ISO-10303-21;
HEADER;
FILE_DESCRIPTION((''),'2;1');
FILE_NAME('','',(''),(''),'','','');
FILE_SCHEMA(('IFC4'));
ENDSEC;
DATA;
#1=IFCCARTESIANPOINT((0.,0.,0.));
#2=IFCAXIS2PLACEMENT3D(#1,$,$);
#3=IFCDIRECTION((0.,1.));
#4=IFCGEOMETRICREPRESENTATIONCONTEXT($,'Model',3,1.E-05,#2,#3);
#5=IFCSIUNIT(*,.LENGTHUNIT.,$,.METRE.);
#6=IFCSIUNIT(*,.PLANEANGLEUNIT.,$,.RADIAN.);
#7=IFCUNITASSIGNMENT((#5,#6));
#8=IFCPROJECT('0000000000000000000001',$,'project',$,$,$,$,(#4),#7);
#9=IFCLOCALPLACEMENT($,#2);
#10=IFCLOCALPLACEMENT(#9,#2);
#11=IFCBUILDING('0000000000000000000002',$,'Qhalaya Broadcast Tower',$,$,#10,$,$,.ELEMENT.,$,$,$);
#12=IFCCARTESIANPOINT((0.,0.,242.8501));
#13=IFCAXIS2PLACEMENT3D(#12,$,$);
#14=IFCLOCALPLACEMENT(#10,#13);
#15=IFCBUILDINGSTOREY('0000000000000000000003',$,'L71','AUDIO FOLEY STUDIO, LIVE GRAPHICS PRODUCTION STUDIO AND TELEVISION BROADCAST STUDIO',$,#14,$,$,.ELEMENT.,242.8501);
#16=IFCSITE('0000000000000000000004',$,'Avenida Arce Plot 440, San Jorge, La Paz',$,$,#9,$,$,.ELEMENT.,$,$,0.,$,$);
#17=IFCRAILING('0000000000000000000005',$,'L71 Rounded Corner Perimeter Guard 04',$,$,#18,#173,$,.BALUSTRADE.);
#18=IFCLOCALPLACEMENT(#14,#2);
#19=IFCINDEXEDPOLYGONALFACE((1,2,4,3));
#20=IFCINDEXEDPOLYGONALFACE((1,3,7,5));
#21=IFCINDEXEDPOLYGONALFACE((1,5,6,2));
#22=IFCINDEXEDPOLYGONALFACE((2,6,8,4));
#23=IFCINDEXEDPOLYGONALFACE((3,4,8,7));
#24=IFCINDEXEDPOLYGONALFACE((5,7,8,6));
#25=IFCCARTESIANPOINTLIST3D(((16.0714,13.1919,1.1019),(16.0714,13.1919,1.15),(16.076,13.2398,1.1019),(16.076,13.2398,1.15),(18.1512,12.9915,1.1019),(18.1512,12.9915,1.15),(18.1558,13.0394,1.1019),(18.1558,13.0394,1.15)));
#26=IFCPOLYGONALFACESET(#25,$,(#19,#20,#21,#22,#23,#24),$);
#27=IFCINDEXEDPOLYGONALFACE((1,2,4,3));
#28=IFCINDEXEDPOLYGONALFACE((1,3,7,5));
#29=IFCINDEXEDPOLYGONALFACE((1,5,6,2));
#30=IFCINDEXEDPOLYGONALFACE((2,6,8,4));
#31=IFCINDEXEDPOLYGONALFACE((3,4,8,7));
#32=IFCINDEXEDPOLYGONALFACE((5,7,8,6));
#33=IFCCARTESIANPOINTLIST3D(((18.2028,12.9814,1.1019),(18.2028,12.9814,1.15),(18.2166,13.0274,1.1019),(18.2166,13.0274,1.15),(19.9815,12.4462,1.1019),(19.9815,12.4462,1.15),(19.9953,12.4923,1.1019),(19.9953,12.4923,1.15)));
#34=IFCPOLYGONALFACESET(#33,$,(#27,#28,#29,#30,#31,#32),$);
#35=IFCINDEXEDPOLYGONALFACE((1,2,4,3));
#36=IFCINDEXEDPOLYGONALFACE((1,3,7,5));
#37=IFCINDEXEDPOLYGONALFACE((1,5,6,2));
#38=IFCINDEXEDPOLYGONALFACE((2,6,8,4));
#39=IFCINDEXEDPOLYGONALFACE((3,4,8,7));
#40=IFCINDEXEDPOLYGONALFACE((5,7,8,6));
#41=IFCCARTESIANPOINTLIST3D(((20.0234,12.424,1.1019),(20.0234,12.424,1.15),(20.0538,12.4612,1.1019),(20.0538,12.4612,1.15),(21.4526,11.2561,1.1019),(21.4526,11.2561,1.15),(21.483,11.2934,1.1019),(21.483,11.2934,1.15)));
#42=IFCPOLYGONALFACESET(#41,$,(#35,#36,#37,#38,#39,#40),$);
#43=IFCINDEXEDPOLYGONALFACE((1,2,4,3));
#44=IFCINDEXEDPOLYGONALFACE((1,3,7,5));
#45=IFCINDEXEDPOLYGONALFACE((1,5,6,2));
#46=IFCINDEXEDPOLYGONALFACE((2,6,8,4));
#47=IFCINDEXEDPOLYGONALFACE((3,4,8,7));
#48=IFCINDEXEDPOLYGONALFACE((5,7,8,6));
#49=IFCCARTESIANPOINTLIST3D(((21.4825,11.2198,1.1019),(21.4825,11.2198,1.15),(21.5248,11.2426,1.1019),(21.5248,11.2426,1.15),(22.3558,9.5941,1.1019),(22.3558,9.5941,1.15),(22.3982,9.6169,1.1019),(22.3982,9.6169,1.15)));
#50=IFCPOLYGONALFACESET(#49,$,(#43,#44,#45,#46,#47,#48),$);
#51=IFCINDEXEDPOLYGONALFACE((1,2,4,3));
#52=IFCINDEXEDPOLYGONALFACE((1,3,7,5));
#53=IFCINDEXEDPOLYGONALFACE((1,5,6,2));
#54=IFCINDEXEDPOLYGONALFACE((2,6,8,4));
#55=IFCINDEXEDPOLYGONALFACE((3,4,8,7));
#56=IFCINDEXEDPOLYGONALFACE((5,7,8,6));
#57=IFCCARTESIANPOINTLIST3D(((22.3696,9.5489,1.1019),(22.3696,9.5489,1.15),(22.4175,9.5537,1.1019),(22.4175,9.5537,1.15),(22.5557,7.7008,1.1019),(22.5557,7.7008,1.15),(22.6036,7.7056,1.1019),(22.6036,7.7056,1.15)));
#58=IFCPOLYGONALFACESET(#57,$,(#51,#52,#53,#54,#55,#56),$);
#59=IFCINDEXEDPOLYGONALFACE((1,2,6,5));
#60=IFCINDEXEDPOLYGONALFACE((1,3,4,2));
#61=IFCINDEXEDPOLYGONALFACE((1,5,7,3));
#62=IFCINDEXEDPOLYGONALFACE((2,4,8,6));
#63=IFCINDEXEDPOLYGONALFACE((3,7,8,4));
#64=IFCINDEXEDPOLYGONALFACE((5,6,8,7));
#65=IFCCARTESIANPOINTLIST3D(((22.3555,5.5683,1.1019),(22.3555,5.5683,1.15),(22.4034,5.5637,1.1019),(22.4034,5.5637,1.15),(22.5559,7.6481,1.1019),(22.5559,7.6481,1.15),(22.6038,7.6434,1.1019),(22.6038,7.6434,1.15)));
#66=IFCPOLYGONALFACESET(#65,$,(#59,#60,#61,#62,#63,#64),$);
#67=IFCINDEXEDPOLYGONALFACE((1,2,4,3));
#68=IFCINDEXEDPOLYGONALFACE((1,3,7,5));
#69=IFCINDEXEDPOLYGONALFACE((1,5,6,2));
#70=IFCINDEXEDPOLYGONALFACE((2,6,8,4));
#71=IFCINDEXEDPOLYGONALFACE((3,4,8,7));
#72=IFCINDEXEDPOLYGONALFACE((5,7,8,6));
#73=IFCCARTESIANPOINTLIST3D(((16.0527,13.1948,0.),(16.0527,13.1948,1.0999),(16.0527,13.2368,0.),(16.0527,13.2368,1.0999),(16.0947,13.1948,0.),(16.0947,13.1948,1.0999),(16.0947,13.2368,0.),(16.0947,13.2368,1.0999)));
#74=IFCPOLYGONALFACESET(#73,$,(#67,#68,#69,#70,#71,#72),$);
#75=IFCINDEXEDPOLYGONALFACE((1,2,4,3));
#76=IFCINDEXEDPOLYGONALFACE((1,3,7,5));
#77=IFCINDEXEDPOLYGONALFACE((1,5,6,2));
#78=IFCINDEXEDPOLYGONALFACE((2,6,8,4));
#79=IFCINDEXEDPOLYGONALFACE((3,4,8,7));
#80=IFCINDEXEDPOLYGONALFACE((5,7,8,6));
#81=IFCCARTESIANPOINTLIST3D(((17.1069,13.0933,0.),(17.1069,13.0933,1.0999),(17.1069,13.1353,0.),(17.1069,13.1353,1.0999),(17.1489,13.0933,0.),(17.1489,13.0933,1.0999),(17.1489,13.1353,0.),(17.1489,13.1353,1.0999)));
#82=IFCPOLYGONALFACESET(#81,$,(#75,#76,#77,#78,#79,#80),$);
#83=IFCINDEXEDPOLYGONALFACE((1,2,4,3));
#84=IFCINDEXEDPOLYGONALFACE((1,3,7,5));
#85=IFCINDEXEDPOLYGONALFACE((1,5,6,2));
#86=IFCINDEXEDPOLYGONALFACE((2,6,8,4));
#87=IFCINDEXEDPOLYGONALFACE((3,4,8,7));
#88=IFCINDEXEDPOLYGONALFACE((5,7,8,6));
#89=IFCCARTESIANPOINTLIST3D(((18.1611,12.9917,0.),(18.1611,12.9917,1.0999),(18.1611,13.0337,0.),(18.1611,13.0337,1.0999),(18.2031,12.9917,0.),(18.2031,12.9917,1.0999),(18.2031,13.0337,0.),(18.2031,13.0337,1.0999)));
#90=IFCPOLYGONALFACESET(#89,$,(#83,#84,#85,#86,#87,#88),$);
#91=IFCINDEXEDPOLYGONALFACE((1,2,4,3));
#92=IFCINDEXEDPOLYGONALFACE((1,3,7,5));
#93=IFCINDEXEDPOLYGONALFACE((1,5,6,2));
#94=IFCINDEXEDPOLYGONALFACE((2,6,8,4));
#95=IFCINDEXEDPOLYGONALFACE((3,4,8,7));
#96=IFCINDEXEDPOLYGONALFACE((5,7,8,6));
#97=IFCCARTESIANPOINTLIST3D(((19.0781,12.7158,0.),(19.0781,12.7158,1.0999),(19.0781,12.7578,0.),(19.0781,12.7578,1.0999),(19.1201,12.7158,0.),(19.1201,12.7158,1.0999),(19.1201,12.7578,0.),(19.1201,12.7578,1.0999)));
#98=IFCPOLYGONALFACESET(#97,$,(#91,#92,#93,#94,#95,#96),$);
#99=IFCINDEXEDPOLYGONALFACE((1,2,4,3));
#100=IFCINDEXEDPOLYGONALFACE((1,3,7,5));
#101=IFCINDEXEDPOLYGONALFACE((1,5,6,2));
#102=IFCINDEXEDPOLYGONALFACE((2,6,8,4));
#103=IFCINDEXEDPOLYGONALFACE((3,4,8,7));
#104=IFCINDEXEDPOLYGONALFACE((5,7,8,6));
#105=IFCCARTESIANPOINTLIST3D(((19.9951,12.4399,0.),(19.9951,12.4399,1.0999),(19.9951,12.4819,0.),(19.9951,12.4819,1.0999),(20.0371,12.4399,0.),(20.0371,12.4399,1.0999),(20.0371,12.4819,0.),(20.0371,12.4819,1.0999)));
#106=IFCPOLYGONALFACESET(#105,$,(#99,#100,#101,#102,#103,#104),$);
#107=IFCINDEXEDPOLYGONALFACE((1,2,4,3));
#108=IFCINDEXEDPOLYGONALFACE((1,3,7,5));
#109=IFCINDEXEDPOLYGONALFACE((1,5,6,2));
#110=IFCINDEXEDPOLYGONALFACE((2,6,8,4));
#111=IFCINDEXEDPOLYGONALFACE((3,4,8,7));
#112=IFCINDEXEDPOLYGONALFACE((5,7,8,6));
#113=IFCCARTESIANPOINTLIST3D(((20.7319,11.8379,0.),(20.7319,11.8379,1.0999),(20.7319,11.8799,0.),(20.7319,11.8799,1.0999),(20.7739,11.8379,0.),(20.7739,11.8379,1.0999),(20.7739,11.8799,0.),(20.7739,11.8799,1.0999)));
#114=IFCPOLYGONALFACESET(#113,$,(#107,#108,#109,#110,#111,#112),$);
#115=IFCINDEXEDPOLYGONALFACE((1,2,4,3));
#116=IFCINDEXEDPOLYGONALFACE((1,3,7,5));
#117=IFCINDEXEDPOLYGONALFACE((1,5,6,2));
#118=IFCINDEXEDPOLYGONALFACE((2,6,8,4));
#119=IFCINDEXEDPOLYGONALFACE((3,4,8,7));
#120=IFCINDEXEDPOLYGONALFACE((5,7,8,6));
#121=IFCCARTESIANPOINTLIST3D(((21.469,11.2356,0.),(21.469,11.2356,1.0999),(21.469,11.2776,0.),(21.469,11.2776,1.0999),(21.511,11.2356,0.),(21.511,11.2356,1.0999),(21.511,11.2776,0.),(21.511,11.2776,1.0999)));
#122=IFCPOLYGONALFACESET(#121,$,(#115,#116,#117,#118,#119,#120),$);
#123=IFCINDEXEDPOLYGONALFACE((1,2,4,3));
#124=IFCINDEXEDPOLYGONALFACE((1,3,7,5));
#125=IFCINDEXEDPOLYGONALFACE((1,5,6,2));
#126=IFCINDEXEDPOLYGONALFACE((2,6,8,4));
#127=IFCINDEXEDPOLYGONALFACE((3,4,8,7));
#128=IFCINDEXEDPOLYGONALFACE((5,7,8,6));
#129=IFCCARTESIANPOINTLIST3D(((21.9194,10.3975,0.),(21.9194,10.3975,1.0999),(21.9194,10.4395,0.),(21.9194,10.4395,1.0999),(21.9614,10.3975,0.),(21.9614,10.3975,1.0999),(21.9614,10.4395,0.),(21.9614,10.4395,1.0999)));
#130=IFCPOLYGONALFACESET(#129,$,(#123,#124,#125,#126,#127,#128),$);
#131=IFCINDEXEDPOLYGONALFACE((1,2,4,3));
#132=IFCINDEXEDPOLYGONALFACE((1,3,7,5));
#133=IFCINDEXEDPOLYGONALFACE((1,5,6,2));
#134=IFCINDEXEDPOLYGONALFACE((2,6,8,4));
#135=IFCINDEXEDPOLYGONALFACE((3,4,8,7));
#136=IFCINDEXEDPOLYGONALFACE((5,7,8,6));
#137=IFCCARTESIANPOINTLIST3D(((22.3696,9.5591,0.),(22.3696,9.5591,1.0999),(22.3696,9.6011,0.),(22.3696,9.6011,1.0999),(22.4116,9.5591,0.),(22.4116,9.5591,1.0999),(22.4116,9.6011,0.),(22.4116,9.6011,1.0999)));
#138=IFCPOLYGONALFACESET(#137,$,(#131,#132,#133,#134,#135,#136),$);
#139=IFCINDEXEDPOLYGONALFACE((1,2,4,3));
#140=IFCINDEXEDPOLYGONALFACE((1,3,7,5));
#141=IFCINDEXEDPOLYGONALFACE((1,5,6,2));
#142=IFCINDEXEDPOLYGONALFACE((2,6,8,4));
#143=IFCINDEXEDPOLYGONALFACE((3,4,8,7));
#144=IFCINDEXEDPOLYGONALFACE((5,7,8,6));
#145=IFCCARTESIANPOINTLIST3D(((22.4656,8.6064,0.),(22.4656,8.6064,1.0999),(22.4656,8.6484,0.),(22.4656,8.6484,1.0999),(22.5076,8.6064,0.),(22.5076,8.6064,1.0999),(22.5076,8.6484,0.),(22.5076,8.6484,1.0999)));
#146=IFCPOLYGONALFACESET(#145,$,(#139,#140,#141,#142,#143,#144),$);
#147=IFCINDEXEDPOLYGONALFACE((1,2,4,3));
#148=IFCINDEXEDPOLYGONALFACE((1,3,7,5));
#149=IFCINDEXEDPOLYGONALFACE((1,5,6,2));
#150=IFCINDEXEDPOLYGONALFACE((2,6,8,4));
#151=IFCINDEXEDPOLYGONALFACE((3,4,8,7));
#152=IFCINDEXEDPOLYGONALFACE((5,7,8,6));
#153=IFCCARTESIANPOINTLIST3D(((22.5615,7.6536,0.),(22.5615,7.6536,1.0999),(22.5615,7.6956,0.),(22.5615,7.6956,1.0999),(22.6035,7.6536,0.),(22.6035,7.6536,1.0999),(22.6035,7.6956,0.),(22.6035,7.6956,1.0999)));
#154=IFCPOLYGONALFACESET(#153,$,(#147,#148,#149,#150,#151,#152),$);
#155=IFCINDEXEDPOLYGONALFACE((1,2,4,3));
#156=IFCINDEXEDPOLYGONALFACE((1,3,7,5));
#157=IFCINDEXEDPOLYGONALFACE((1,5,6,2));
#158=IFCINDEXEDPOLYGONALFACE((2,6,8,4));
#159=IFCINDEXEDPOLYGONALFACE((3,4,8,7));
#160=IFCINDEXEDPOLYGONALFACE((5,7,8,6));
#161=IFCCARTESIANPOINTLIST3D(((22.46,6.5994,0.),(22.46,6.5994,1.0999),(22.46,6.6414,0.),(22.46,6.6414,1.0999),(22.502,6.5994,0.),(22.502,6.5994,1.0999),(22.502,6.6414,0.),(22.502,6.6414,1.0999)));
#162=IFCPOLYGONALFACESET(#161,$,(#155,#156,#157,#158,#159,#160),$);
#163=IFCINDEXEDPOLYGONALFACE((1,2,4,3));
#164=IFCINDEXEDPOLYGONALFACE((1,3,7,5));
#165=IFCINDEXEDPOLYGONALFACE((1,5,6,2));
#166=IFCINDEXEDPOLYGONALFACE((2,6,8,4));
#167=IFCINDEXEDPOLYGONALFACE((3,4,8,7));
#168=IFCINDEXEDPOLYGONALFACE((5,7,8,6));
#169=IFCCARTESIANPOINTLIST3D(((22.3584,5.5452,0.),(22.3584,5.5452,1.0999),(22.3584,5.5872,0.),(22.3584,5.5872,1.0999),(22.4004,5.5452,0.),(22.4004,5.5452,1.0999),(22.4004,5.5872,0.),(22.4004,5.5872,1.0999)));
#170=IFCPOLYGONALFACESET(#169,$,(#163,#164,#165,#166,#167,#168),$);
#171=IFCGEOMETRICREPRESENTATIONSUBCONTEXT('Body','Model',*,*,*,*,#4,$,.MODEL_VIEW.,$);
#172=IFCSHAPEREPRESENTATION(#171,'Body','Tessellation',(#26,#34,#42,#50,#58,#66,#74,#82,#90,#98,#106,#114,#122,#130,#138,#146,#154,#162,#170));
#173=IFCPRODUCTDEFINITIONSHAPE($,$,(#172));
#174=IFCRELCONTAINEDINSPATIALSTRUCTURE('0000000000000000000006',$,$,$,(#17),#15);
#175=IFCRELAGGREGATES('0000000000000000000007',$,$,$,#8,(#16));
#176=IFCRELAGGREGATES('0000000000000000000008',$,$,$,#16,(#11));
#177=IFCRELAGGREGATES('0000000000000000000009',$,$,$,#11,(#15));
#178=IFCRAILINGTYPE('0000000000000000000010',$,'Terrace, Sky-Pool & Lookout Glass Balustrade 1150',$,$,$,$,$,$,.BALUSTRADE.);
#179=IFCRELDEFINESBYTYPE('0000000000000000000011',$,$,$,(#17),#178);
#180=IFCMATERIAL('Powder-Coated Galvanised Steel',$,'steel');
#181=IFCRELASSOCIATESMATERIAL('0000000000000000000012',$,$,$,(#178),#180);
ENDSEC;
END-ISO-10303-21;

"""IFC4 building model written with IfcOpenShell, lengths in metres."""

from ifc_helpers import new_model, si_unit, direction, frame, origin, origin_2d, place, context, subcontext, project, spatial, rectangle, extrude, material, type_object, element, save


model = new_model("IFC4")

# Units and contexts
model_context = context("Model", 3, precision=1e-05, world=origin(), true_north=direction((0.0, 1.0)))
body_context = subcontext(model_context, "Body", "Model", "MODEL_VIEW")
ifc_project = project(units=[si_unit("LENGTHUNIT", "METRE"), si_unit("PLANEANGLEUNIT", "RADIAN")], contexts=[model_context])

# Site, building, storey
site_placement = place(None, origin())
site = spatial("IfcSite", under=ifc_project, at=site_placement, Name="Avenida Arce Plot 440, San Jorge, La Paz", CompositionType="ELEMENT", RefElevation=0.0)
building_placement = place(site_placement, origin())
building = spatial("IfcBuilding", under=site, at=building_placement, Name="Qhalaya Broadcast Tower", CompositionType="ELEMENT")
storey_placement = place(building_placement, frame((0.0, 0.0, 242.8501)))
storey = spatial("IfcBuildingStorey", under=building, at=storey_placement, Name="L71", Description="AUDIO FOLEY STUDIO, LIVE GRAPHICS PRODUCTION STUDIO AND TELEVISION BROADCAST STUDIO", CompositionType="ELEMENT", Elevation=242.8501)

# Railing
ifc_material_1 = material(Name="Powder-Coated Galvanised Steel", Category="steel")
railing_type = type_object("IfcRailingType", Name="Terrace, Sky-Pool & Lookout Glass Balustrade 1150", PredefinedType="BALUSTRADE", material=ifc_material_1)
railing_placement = place(storey_placement, frame((16.0737, 13.2158, 0.0)))
element("IfcRailing", 1, at=railing_placement, inside=storey, type_object=railing_type, Name="L71 Rounded Corner Perimeter Guard 04", PredefinedType="BALUSTRADE", context=body_context, shape_type="SweptSolid", body=[
    extrude(rectangle(XDim=0.0481, YDim=0.0481, at=origin_2d()), frame((0.0, 0.0, 1.126), z_axis=(0.995391, -0.095897, 0.0), x_axis=(0.095897, 0.995391, 0.0)), (0.0, 0.0, 1.0), 2.0894),
    extrude(rectangle(XDim=0.0481, YDim=0.0481, at=origin_2d()), frame((2.136, -0.2114, 1.126), z_axis=(0.957601, -0.288096, 0.0), x_axis=(0.288096, 0.957601, 0.0)), (0.0, 0.0, 1.0), 1.8574),
    extrude(rectangle(XDim=0.0481, YDim=0.0481, at=origin_2d()), frame((3.9648, -0.7732, 1.126), z_axis=(0.774357, -0.632749, 0.0), x_axis=(0.632749, 0.774357, 0.0)), (0.0, 0.0, 1.0), 1.8457),
    extrude(rectangle(XDim=0.0481, YDim=0.0481, at=origin_2d()), frame((5.4299, -1.9846, 1.126), z_axis=(0.473243, -0.880932, 0.0), x_axis=(0.880932, 0.473243, 0.0)), (0.0, 0.0, 1.0), 1.8455),
    extrude(rectangle(XDim=0.0481, YDim=0.0481, at=origin_2d()), frame((6.3198, -3.6646, 1.126), z_axis=(0.100198, -0.994968, 0.0), x_axis=(0.994968, 0.100198, 0.0)), (0.0, 0.0, 1.0), 1.8574),
    extrude(rectangle(XDim=0.0481, YDim=0.0481, at=origin_2d()), frame((6.5061, -5.5701, 1.126), z_axis=(-0.095897, -0.995391, 0.0), x_axis=(0.995391, -0.095897, 0.0)), (0.0, 0.0, 1.0), 2.0894),
    extrude(rectangle(XDim=0.042, YDim=0.042, at=origin_2d()), origin(), (0.0, 0.0, 1.0), 1.0999),
    extrude(rectangle(XDim=0.042, YDim=0.042, at=origin_2d()), frame((1.0542, -0.1016, 0.0)), (0.0, 0.0, 1.0), 1.0999),
    extrude(rectangle(XDim=0.042, YDim=0.042, at=origin_2d()), frame((2.1084, -0.2031, 0.0)), (0.0, 0.0, 1.0), 1.0999),
    extrude(rectangle(XDim=0.042, YDim=0.042, at=origin_2d()), frame((3.0254, -0.479, 0.0)), (0.0, 0.0, 1.0), 1.0999),
    extrude(rectangle(XDim=0.042, YDim=0.042, at=origin_2d()), frame((3.9424, -0.7549, 0.0)), (0.0, 0.0, 1.0), 1.0999),
    extrude(rectangle(XDim=0.042, YDim=0.042, at=origin_2d()), frame((4.6792, -1.3569, 0.0)), (0.0, 0.0, 1.0), 1.0999),
    extrude(rectangle(XDim=0.042, YDim=0.042, at=origin_2d()), frame((5.4163, -1.9592, 0.0)), (0.0, 0.0, 1.0), 1.0999),
    extrude(rectangle(XDim=0.042, YDim=0.042, at=origin_2d()), frame((5.8667, -2.7974, 0.0)), (0.0, 0.0, 1.0), 1.0999),
    extrude(rectangle(XDim=0.042, YDim=0.042, at=origin_2d()), frame((6.3169, -3.6357, 0.0)), (0.0, 0.0, 1.0), 1.0999),
    extrude(rectangle(XDim=0.042, YDim=0.042, at=origin_2d()), frame((6.4128, -4.5884, 0.0)), (0.0, 0.0, 1.0), 1.0999),
    extrude(rectangle(XDim=0.042, YDim=0.042, at=origin_2d()), frame((6.5088, -5.5413, 0.0)), (0.0, 0.0, 1.0), 1.0999),
    extrude(rectangle(XDim=0.042, YDim=0.042, at=origin_2d()), frame((6.4072, -6.5955, 0.0)), (0.0, 0.0, 1.0), 1.0999),
    extrude(rectangle(XDim=0.042, YDim=0.042, at=origin_2d()), frame((6.3057, -7.6497, 0.0)), (0.0, 0.0, 1.0), 1.0999),
])

save(model, "model.ifc")
